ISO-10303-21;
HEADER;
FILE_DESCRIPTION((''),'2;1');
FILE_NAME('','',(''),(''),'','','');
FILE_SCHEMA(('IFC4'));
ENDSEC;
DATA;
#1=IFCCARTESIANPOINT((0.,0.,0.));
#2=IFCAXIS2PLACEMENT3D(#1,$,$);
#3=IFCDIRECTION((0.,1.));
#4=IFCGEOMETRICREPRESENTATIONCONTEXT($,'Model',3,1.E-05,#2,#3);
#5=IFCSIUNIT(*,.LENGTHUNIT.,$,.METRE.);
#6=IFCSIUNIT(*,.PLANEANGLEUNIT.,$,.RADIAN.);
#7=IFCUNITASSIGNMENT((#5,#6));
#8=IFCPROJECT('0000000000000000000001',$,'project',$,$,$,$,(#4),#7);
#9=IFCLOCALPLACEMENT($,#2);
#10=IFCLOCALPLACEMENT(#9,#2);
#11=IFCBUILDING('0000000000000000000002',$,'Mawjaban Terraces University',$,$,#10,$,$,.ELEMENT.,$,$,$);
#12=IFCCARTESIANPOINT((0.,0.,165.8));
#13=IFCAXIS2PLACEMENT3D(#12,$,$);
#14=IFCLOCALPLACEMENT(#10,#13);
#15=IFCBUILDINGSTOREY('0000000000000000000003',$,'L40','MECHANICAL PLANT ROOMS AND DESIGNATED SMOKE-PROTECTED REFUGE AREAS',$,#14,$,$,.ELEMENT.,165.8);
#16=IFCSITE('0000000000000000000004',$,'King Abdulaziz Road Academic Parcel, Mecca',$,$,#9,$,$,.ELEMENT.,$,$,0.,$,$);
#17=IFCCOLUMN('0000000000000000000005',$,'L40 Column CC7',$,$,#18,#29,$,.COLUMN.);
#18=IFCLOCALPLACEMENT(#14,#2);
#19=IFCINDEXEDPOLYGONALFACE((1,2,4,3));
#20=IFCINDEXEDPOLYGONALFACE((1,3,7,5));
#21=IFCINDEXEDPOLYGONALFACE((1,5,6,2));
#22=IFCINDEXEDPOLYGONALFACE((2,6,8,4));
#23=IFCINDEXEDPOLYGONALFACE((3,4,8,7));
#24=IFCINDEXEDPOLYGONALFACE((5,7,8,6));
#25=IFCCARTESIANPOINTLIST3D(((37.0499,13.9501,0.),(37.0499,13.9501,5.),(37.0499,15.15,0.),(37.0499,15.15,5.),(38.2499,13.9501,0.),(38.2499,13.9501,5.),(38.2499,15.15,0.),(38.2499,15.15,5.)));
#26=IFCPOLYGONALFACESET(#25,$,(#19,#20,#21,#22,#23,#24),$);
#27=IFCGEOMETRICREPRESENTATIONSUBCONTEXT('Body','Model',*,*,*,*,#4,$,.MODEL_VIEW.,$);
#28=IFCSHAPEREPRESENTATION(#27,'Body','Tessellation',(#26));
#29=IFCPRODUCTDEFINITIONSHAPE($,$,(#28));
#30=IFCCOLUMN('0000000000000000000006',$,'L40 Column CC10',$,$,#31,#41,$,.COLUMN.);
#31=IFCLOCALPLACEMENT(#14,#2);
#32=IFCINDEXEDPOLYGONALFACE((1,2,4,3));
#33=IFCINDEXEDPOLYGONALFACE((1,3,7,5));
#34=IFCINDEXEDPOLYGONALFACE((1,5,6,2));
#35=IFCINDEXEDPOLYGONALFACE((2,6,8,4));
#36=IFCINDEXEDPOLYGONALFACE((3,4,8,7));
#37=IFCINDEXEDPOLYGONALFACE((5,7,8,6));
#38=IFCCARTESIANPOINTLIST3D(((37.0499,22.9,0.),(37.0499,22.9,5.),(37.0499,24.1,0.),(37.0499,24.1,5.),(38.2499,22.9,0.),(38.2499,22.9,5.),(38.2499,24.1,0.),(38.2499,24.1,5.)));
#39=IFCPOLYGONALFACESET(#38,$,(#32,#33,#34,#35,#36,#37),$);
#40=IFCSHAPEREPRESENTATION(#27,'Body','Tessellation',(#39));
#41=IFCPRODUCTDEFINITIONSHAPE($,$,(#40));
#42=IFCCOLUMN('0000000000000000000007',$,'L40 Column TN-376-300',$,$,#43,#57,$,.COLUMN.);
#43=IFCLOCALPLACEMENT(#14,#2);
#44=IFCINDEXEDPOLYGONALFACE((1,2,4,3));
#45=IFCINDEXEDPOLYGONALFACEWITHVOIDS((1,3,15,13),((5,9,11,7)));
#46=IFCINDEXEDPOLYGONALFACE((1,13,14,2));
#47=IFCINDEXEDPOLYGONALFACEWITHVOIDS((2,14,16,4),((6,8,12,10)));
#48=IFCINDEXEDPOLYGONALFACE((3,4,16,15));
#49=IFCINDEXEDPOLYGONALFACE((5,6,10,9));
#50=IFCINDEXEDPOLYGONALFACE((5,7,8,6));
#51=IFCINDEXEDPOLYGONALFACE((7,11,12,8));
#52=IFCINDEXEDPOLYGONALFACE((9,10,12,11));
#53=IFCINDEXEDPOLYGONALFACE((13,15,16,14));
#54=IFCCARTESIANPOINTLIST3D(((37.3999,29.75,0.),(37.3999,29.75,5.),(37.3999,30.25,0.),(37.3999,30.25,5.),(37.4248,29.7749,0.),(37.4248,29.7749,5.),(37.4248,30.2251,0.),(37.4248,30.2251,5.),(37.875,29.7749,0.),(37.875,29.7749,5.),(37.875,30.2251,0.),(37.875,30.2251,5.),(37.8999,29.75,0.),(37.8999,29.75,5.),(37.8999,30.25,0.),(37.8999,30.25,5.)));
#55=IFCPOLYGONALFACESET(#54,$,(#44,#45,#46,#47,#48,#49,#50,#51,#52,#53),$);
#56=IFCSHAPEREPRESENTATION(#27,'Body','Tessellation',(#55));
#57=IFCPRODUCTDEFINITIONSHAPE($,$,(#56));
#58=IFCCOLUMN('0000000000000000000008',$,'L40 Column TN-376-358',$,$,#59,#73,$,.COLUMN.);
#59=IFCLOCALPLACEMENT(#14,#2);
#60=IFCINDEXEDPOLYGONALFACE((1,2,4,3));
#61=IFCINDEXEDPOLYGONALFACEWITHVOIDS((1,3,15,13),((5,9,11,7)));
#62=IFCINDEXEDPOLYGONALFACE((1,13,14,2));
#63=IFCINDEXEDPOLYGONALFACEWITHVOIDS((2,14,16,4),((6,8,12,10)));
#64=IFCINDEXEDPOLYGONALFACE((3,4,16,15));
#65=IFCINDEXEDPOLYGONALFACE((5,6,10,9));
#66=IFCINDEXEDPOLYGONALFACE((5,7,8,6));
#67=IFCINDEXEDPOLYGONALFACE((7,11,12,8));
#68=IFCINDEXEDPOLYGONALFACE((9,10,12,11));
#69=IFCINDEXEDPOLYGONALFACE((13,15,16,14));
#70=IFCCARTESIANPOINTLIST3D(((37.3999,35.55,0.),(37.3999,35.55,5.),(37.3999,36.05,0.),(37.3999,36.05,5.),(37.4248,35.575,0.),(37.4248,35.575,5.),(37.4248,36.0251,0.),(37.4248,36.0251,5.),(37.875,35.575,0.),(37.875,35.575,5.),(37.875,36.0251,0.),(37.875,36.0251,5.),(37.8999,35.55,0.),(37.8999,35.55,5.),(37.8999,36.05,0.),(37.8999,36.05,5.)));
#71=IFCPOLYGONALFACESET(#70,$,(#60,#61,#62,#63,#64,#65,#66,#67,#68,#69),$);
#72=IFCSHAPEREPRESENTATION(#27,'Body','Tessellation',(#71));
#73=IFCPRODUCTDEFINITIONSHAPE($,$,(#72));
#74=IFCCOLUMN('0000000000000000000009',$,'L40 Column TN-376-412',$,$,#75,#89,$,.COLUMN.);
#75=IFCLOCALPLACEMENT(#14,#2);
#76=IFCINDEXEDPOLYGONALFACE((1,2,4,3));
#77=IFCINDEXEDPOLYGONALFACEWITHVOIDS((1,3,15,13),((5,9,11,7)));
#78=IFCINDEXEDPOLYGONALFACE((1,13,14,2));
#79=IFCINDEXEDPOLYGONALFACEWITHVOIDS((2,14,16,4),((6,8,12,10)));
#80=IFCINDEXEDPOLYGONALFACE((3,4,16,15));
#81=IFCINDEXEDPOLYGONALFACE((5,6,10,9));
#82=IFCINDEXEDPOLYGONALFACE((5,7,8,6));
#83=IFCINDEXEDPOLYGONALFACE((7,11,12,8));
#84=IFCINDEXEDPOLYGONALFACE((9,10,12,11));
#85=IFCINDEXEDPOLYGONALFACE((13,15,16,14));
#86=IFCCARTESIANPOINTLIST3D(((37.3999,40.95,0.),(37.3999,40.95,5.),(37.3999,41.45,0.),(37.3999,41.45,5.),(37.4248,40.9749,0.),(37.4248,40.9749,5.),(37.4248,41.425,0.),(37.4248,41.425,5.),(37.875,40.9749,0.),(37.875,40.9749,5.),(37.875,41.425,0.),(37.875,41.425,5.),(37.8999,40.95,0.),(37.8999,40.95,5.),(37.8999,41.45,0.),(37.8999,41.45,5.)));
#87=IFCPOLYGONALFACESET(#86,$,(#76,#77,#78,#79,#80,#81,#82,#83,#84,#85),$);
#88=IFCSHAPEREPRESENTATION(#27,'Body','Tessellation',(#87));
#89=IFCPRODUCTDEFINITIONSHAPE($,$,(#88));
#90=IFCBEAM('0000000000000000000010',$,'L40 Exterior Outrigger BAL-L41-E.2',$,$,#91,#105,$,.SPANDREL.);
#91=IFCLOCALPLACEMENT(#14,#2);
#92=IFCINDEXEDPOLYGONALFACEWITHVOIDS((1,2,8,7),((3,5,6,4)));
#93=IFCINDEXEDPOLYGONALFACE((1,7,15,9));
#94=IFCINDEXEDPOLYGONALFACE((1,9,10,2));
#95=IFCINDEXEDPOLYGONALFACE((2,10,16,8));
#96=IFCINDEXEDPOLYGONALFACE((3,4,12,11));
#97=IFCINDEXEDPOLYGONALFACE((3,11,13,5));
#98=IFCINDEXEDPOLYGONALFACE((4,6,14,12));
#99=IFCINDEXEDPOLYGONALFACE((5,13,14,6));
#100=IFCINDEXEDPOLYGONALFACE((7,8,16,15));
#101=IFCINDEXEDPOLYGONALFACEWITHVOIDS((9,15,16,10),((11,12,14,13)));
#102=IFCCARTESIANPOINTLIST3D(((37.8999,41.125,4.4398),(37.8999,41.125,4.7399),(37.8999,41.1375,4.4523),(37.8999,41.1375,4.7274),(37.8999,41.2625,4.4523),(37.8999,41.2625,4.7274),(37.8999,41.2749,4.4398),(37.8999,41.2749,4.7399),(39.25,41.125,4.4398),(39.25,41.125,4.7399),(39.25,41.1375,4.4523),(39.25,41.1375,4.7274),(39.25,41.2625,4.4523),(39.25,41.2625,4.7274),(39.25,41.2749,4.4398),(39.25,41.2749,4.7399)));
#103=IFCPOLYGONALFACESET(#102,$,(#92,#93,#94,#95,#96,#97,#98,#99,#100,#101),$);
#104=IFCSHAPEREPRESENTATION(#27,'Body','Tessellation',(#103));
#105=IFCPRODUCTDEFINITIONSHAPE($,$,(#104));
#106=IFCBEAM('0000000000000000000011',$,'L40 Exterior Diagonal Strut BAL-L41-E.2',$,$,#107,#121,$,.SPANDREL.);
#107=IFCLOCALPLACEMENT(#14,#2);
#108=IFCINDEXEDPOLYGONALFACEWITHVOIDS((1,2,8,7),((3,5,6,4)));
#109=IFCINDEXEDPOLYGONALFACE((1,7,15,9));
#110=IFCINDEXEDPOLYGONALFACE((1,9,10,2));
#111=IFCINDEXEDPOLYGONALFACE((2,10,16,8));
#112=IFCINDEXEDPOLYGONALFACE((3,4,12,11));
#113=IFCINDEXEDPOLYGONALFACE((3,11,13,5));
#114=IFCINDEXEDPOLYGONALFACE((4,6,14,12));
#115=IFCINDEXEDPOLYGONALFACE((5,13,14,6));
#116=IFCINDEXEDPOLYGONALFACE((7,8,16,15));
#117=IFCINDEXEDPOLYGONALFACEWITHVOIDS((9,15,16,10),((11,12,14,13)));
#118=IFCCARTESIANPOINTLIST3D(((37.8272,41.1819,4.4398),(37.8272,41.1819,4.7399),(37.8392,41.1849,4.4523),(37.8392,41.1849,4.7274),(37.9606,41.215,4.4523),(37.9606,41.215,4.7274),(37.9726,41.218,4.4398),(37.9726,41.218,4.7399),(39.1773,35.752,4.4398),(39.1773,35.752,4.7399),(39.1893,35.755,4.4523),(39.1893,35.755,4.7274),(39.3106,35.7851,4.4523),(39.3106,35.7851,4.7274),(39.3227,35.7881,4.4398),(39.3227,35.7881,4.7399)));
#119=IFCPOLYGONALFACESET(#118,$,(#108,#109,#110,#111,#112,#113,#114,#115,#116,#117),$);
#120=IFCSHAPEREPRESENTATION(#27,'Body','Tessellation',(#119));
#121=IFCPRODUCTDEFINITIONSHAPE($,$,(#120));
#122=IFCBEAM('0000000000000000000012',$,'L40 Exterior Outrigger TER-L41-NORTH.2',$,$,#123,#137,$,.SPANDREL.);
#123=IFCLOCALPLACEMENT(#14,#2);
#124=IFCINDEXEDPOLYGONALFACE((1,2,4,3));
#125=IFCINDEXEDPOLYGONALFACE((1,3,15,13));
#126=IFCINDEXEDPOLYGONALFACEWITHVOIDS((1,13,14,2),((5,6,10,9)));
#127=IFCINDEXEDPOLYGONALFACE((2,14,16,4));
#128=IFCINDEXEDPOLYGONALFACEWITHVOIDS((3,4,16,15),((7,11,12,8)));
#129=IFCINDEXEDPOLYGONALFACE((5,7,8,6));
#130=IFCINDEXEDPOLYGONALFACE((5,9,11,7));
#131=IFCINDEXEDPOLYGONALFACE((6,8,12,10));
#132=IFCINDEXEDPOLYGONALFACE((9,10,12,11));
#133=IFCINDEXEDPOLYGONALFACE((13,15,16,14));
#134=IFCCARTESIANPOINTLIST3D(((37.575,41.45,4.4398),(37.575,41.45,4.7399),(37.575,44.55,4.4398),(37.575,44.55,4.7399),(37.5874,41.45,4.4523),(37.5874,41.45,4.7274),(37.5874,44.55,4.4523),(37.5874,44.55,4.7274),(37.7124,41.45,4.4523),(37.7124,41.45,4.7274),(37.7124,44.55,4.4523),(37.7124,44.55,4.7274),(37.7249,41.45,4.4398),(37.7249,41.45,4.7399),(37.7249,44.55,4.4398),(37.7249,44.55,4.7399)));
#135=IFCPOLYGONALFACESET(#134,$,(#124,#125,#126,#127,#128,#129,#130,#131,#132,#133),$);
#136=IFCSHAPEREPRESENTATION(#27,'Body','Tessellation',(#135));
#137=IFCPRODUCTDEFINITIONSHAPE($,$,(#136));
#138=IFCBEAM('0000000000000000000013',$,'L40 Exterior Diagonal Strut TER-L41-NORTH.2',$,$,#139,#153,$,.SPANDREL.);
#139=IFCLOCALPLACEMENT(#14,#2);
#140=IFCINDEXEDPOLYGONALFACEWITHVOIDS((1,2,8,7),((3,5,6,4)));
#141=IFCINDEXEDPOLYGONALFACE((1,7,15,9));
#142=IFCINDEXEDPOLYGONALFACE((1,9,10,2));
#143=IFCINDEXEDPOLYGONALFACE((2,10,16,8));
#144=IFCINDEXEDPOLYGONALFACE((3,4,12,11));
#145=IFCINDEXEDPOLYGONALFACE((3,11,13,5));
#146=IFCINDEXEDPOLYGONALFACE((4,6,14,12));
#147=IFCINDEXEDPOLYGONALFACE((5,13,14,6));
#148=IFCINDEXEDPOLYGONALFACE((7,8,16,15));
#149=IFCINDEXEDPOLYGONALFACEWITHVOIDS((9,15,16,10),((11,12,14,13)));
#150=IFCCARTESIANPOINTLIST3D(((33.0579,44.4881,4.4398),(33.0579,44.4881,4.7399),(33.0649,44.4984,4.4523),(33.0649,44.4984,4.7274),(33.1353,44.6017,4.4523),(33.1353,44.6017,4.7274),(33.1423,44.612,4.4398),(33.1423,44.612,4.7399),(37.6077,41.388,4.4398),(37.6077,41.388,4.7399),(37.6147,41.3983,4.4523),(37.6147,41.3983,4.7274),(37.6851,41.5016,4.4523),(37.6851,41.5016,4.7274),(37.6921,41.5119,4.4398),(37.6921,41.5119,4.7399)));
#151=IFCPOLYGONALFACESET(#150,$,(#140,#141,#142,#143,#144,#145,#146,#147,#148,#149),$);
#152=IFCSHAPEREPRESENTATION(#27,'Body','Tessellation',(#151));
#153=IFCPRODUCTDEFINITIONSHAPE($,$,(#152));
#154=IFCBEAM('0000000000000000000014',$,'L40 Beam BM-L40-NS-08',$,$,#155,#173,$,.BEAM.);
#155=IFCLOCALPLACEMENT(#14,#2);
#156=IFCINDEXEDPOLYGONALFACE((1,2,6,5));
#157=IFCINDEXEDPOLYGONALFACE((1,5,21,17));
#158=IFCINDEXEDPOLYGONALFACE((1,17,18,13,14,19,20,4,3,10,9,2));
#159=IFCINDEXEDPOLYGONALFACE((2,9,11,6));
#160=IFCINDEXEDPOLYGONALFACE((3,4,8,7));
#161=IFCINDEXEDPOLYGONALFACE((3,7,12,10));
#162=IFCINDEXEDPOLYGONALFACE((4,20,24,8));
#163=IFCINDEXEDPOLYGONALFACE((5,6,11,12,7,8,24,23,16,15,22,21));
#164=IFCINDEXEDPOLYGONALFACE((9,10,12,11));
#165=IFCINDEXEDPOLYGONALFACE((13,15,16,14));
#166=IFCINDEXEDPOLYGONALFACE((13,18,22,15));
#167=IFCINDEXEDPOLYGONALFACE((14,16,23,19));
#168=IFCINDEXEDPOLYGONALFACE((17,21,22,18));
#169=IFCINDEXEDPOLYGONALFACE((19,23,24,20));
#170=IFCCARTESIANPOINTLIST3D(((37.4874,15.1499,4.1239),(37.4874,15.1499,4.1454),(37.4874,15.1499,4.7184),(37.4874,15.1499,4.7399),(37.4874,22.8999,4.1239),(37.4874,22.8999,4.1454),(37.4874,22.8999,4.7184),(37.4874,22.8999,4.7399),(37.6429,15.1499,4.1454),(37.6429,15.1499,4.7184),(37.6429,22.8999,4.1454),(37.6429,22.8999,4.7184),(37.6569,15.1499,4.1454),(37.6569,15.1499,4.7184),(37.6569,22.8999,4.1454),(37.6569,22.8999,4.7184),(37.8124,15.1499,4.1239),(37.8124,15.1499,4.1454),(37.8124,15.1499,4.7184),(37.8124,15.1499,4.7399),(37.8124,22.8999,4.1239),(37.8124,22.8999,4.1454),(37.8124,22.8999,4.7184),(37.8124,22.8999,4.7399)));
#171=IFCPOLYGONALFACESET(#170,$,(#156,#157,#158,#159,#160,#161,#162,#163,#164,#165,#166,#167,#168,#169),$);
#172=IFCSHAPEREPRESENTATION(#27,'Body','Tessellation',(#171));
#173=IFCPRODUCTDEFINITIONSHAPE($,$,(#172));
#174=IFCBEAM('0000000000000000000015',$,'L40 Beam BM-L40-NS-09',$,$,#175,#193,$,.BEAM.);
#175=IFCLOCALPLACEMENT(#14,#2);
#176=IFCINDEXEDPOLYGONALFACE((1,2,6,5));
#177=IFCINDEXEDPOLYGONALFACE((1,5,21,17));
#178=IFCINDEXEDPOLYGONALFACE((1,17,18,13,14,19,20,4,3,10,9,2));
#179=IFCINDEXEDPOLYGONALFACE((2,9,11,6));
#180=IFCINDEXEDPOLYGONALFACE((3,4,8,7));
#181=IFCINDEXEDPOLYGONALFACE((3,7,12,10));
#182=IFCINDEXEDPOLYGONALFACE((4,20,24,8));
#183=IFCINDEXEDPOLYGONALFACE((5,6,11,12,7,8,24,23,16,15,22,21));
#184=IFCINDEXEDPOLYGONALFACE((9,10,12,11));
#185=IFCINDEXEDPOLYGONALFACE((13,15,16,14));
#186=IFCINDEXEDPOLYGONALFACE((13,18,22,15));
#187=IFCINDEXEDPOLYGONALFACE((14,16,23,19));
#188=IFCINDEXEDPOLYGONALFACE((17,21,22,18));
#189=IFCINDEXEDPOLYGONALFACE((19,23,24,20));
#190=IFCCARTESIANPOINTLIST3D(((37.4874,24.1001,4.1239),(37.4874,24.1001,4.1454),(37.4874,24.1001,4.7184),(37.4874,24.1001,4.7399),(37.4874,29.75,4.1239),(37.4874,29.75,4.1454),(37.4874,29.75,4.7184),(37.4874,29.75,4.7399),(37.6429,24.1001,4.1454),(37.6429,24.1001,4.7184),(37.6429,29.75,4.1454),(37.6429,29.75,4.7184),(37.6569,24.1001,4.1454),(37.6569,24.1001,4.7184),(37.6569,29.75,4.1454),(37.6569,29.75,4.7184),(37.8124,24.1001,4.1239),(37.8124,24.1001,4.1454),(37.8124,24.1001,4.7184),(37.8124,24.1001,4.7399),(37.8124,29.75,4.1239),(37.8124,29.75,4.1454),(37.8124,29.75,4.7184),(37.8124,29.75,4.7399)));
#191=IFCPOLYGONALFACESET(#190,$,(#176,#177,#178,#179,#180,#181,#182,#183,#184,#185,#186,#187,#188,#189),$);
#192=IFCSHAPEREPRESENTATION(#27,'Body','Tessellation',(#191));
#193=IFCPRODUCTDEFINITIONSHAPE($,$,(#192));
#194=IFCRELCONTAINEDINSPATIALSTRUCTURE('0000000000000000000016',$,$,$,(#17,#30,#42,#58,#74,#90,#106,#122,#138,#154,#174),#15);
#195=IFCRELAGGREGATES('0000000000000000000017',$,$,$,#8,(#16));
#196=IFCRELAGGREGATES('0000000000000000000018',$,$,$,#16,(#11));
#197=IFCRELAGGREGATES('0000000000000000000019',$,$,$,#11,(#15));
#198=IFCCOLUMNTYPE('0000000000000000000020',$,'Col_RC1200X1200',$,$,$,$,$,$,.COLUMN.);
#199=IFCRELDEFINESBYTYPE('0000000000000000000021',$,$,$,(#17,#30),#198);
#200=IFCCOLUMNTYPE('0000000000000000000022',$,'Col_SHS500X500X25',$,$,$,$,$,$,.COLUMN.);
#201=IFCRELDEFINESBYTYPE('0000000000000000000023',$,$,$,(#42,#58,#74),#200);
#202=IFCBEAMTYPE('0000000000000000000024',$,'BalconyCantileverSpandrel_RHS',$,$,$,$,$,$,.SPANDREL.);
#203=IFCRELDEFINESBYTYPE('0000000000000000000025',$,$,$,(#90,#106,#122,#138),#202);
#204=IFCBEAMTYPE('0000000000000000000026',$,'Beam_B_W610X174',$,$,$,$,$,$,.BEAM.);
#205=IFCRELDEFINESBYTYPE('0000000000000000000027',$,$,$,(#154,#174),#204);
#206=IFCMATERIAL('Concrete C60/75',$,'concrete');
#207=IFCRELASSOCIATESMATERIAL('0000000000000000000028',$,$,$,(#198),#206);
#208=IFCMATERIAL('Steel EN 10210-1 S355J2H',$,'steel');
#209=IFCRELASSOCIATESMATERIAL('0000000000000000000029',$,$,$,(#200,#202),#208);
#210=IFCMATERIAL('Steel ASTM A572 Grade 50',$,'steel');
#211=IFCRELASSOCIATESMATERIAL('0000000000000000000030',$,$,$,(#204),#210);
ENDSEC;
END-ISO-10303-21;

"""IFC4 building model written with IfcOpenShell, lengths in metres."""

from ifc_helpers import new_model, si_unit, direction, frame, origin, origin_2d, place, context, subcontext, project, spatial, rectangle, hollow_rectangle, i_section, extrude, material, material_profile, profile_set, type_object, element, save


model = new_model("IFC4")

# Units and contexts
model_context = context("Model", 3, precision=1e-05, world=origin(), true_north=direction((0.0, 1.0)))
body_context = subcontext(model_context, "Body", "Model", "MODEL_VIEW")
ifc_project = project(units=[si_unit("LENGTHUNIT", "METRE"), si_unit("PLANEANGLEUNIT", "RADIAN")], contexts=[model_context])

# Site, building, storey
site_placement = place(None, origin())
site = spatial("IfcSite", under=ifc_project, at=site_placement, Name="King Abdulaziz Road Academic Parcel, Mecca", CompositionType="ELEMENT", RefElevation=0.0)
building_placement = place(site_placement, origin())
building = spatial("IfcBuilding", under=site, at=building_placement, Name="Mawjaban Terraces University", CompositionType="ELEMENT")
storey_placement = place(building_placement, frame((0.0, 0.0, 165.8)))
storey = spatial("IfcBuildingStorey", under=building, at=storey_placement, Name="L40", Description="MECHANICAL PLANT ROOMS AND DESIGNATED SMOKE-PROTECTED REFUGE AREAS", CompositionType="ELEMENT", Elevation=165.8)

# Columns
ifc_material_1 = material(Name="Concrete C60/75", Category="concrete")
ifc_material_profile_1 = material_profile(ifc_material_1, rectangle(XDim=1.2, YDim=1.2, at=origin_2d()), Name="RC1200X1200")
ifc_profile_set_1 = profile_set([ifc_material_profile_1], Name="Concrete C60/75")
column_type_1 = type_object("IfcColumnType", Name="Col_RC1200X1200", PredefinedType="COLUMN", material=ifc_profile_set_1)
for number, where, z_axis, x_axis, name in (
    (1, (37.6499, 14.55, 0.0), (0.0, 0.0, 1.0), (1.0, 0.0, 0.0), "L40 Column CC7"),
    (2, (37.6499, 23.5, 0.0), (0.0, 0.0, 1.0), (1.0, 0.0, 0.0), "L40 Column CC10"),
):
    element("IfcColumn", number, at=place(storey_placement, frame(where, z_axis=z_axis, x_axis=x_axis)), inside=storey, type_object=column_type_1, Name=name, PredefinedType="COLUMN", context=body_context, shape_type="SweptSolid", body=[
        extrude(rectangle(XDim=1.2, YDim=1.2, at=origin_2d()), origin(), (0.0, 0.0, 1.0), 5.0),
    ])
ifc_material_2 = material(Name="Steel EN 10210-1 S355J2H", Category="steel")
ifc_material_profile_2 = material_profile(ifc_material_2, hollow_rectangle(XDim=0.5, YDim=0.5, WallThickness=0.0249, at=origin_2d()), Name="SHS500X500X25")
ifc_profile_set_2 = profile_set([ifc_material_profile_2], Name="Steel EN 10210-1 S355J2H")
column_type_2 = type_object("IfcColumnType", Name="Col_SHS500X500X25", PredefinedType="COLUMN", material=ifc_profile_set_2)
for number, where, z_axis, x_axis, name in (
    (3, (37.6499, 30.0, 0.0), (0.0, 0.0, 1.0), (1.0, 0.0, 0.0), "L40 Column TN-376-300"),
    (4, (37.6499, 35.8, 0.0), (0.0, 0.0, 1.0), (1.0, 0.0, 0.0), "L40 Column TN-376-358"),
    (5, (37.6499, 41.2, 0.0), (0.0, 0.0, 1.0), (1.0, 0.0, 0.0), "L40 Column TN-376-412"),
):
    element("IfcColumn", number, at=place(storey_placement, frame(where, z_axis=z_axis, x_axis=x_axis)), inside=storey, type_object=column_type_2, Name=name, PredefinedType="COLUMN", context=body_context, shape_type="SweptSolid", body=[
        extrude(hollow_rectangle(XDim=0.5, YDim=0.5, WallThickness=0.0249, at=origin_2d()), origin(), (0.0, 0.0, 1.0), 5.0),
    ])

# Beams
ifc_material_profile_3 = material_profile(ifc_material_2, hollow_rectangle(XDim=0.1499, YDim=0.3, WallThickness=0.0125, at=origin_2d()), Name="RHS300X150X12.5")
ifc_profile_set_3 = profile_set([ifc_material_profile_3], Name="Steel EN 10210-1 S355J2H")
beam_type_1 = type_object("IfcBeamType", Name="BalconyCantileverSpandrel_RHS", PredefinedType="SPANDREL", material=ifc_profile_set_3)
beam_1_placement = place(storey_placement, frame((37.8999, 41.2, 4.5898), z_axis=(1.0, 0.0, 0.0), x_axis=(0.0, 1.0, 0.0)))
element("IfcBeam", 6, at=beam_1_placement, inside=storey, type_object=beam_type_1, Name="L40 Exterior Outrigger BAL-L41-E.2", PredefinedType="SPANDREL", context=body_context, shape_type="SweptSolid", body=[
    extrude(hollow_rectangle(XDim=0.1499, YDim=0.3, WallThickness=0.0125, at=origin_2d()), origin(), (0.0, 0.0, 1.0), 1.3501),
])
beam_2_placement = place(storey_placement, frame((37.8999, 41.2, 4.5898), z_axis=(0.241293, -0.970452, 0.0), x_axis=(0.970452, 0.241293, 0.0)))
element("IfcBeam", 7, at=beam_2_placement, inside=storey, type_object=beam_type_1, Name="L40 Exterior Diagonal Strut BAL-L41-E.2", PredefinedType="SPANDREL", context=body_context, shape_type="SweptSolid", body=[
    extrude(hollow_rectangle(XDim=0.1499, YDim=0.3, WallThickness=0.0125, at=origin_2d()), origin(), (0.0, 0.0, 1.0), 5.5952),
])
beam_3_placement = place(storey_placement, frame((37.6499, 41.45, 4.5898), z_axis=(0.0, 1.0, 0.0), x_axis=(-1.0, 0.0, 0.0)))
element("IfcBeam", 8, at=beam_3_placement, inside=storey, type_object=beam_type_1, Name="L40 Exterior Outrigger TER-L41-NORTH.2", PredefinedType="SPANDREL", context=body_context, shape_type="SweptSolid", body=[
    extrude(hollow_rectangle(XDim=0.1499, YDim=0.3, WallThickness=0.0125, at=origin_2d()), origin(), (0.0, 0.0, 1.0), 3.1001),
])
beam_4_placement = place(storey_placement, frame((37.6499, 41.45, 4.5898), z_axis=(-0.8264, 0.563084, 0.0), x_axis=(-0.563084, -0.8264, 0.0)))
element("IfcBeam", 9, at=beam_4_placement, inside=storey, type_object=beam_type_1, Name="L40 Exterior Diagonal Strut TER-L41-NORTH.2", PredefinedType="SPANDREL", context=body_context, shape_type="SweptSolid", body=[
    extrude(hollow_rectangle(XDim=0.1499, YDim=0.3, WallThickness=0.0125, at=origin_2d()), origin(), (0.0, 0.0, 1.0), 5.5056),
])
ifc_material_3 = material(Name="Steel ASTM A572 Grade 50", Category="steel")
ifc_material_profile_4 = material_profile(ifc_material_3, i_section(OverallWidth=0.325, OverallDepth=0.616, WebThickness=0.0139, FlangeThickness=0.0215, at=origin_2d()), Name="W610X174")
ifc_profile_set_4 = profile_set([ifc_material_profile_4], Name="Steel ASTM A572 Grade 50")
beam_type_2 = type_object("IfcBeamType", Name="Beam_B_W610X174", PredefinedType="BEAM", material=ifc_profile_set_4)
beam_5_placement = place(storey_placement, frame((37.6499, 15.1499, 4.4319), z_axis=(0.0, 1.0, 0.0), x_axis=(-1.0, 0.0, 0.0)))
element("IfcBeam", 10, at=beam_5_placement, inside=storey, type_object=beam_type_2, Name="L40 Beam BM-L40-NS-08", PredefinedType="BEAM", context=body_context, shape_type="SweptSolid", body=[
    extrude(i_section(OverallWidth=0.325, OverallDepth=0.616, WebThickness=0.0139, FlangeThickness=0.0215, at=origin_2d()), origin(), (0.0, 0.0, 1.0), 7.75),
])
beam_6_placement = place(storey_placement, frame((37.6499, 24.1001, 4.4319), z_axis=(0.0, 1.0, 0.0), x_axis=(-1.0, 0.0, 0.0)))
element("IfcBeam", 11, at=beam_6_placement, inside=storey, type_object=beam_type_2, Name="L40 Beam BM-L40-NS-09", PredefinedType="BEAM", context=body_context, shape_type="SweptSolid", body=[
    extrude(i_section(OverallWidth=0.325, OverallDepth=0.616, WebThickness=0.0139, FlangeThickness=0.0215, at=origin_2d()), origin(), (0.0, 0.0, 1.0), 5.6499),
])

save(model, "model.ifc")
